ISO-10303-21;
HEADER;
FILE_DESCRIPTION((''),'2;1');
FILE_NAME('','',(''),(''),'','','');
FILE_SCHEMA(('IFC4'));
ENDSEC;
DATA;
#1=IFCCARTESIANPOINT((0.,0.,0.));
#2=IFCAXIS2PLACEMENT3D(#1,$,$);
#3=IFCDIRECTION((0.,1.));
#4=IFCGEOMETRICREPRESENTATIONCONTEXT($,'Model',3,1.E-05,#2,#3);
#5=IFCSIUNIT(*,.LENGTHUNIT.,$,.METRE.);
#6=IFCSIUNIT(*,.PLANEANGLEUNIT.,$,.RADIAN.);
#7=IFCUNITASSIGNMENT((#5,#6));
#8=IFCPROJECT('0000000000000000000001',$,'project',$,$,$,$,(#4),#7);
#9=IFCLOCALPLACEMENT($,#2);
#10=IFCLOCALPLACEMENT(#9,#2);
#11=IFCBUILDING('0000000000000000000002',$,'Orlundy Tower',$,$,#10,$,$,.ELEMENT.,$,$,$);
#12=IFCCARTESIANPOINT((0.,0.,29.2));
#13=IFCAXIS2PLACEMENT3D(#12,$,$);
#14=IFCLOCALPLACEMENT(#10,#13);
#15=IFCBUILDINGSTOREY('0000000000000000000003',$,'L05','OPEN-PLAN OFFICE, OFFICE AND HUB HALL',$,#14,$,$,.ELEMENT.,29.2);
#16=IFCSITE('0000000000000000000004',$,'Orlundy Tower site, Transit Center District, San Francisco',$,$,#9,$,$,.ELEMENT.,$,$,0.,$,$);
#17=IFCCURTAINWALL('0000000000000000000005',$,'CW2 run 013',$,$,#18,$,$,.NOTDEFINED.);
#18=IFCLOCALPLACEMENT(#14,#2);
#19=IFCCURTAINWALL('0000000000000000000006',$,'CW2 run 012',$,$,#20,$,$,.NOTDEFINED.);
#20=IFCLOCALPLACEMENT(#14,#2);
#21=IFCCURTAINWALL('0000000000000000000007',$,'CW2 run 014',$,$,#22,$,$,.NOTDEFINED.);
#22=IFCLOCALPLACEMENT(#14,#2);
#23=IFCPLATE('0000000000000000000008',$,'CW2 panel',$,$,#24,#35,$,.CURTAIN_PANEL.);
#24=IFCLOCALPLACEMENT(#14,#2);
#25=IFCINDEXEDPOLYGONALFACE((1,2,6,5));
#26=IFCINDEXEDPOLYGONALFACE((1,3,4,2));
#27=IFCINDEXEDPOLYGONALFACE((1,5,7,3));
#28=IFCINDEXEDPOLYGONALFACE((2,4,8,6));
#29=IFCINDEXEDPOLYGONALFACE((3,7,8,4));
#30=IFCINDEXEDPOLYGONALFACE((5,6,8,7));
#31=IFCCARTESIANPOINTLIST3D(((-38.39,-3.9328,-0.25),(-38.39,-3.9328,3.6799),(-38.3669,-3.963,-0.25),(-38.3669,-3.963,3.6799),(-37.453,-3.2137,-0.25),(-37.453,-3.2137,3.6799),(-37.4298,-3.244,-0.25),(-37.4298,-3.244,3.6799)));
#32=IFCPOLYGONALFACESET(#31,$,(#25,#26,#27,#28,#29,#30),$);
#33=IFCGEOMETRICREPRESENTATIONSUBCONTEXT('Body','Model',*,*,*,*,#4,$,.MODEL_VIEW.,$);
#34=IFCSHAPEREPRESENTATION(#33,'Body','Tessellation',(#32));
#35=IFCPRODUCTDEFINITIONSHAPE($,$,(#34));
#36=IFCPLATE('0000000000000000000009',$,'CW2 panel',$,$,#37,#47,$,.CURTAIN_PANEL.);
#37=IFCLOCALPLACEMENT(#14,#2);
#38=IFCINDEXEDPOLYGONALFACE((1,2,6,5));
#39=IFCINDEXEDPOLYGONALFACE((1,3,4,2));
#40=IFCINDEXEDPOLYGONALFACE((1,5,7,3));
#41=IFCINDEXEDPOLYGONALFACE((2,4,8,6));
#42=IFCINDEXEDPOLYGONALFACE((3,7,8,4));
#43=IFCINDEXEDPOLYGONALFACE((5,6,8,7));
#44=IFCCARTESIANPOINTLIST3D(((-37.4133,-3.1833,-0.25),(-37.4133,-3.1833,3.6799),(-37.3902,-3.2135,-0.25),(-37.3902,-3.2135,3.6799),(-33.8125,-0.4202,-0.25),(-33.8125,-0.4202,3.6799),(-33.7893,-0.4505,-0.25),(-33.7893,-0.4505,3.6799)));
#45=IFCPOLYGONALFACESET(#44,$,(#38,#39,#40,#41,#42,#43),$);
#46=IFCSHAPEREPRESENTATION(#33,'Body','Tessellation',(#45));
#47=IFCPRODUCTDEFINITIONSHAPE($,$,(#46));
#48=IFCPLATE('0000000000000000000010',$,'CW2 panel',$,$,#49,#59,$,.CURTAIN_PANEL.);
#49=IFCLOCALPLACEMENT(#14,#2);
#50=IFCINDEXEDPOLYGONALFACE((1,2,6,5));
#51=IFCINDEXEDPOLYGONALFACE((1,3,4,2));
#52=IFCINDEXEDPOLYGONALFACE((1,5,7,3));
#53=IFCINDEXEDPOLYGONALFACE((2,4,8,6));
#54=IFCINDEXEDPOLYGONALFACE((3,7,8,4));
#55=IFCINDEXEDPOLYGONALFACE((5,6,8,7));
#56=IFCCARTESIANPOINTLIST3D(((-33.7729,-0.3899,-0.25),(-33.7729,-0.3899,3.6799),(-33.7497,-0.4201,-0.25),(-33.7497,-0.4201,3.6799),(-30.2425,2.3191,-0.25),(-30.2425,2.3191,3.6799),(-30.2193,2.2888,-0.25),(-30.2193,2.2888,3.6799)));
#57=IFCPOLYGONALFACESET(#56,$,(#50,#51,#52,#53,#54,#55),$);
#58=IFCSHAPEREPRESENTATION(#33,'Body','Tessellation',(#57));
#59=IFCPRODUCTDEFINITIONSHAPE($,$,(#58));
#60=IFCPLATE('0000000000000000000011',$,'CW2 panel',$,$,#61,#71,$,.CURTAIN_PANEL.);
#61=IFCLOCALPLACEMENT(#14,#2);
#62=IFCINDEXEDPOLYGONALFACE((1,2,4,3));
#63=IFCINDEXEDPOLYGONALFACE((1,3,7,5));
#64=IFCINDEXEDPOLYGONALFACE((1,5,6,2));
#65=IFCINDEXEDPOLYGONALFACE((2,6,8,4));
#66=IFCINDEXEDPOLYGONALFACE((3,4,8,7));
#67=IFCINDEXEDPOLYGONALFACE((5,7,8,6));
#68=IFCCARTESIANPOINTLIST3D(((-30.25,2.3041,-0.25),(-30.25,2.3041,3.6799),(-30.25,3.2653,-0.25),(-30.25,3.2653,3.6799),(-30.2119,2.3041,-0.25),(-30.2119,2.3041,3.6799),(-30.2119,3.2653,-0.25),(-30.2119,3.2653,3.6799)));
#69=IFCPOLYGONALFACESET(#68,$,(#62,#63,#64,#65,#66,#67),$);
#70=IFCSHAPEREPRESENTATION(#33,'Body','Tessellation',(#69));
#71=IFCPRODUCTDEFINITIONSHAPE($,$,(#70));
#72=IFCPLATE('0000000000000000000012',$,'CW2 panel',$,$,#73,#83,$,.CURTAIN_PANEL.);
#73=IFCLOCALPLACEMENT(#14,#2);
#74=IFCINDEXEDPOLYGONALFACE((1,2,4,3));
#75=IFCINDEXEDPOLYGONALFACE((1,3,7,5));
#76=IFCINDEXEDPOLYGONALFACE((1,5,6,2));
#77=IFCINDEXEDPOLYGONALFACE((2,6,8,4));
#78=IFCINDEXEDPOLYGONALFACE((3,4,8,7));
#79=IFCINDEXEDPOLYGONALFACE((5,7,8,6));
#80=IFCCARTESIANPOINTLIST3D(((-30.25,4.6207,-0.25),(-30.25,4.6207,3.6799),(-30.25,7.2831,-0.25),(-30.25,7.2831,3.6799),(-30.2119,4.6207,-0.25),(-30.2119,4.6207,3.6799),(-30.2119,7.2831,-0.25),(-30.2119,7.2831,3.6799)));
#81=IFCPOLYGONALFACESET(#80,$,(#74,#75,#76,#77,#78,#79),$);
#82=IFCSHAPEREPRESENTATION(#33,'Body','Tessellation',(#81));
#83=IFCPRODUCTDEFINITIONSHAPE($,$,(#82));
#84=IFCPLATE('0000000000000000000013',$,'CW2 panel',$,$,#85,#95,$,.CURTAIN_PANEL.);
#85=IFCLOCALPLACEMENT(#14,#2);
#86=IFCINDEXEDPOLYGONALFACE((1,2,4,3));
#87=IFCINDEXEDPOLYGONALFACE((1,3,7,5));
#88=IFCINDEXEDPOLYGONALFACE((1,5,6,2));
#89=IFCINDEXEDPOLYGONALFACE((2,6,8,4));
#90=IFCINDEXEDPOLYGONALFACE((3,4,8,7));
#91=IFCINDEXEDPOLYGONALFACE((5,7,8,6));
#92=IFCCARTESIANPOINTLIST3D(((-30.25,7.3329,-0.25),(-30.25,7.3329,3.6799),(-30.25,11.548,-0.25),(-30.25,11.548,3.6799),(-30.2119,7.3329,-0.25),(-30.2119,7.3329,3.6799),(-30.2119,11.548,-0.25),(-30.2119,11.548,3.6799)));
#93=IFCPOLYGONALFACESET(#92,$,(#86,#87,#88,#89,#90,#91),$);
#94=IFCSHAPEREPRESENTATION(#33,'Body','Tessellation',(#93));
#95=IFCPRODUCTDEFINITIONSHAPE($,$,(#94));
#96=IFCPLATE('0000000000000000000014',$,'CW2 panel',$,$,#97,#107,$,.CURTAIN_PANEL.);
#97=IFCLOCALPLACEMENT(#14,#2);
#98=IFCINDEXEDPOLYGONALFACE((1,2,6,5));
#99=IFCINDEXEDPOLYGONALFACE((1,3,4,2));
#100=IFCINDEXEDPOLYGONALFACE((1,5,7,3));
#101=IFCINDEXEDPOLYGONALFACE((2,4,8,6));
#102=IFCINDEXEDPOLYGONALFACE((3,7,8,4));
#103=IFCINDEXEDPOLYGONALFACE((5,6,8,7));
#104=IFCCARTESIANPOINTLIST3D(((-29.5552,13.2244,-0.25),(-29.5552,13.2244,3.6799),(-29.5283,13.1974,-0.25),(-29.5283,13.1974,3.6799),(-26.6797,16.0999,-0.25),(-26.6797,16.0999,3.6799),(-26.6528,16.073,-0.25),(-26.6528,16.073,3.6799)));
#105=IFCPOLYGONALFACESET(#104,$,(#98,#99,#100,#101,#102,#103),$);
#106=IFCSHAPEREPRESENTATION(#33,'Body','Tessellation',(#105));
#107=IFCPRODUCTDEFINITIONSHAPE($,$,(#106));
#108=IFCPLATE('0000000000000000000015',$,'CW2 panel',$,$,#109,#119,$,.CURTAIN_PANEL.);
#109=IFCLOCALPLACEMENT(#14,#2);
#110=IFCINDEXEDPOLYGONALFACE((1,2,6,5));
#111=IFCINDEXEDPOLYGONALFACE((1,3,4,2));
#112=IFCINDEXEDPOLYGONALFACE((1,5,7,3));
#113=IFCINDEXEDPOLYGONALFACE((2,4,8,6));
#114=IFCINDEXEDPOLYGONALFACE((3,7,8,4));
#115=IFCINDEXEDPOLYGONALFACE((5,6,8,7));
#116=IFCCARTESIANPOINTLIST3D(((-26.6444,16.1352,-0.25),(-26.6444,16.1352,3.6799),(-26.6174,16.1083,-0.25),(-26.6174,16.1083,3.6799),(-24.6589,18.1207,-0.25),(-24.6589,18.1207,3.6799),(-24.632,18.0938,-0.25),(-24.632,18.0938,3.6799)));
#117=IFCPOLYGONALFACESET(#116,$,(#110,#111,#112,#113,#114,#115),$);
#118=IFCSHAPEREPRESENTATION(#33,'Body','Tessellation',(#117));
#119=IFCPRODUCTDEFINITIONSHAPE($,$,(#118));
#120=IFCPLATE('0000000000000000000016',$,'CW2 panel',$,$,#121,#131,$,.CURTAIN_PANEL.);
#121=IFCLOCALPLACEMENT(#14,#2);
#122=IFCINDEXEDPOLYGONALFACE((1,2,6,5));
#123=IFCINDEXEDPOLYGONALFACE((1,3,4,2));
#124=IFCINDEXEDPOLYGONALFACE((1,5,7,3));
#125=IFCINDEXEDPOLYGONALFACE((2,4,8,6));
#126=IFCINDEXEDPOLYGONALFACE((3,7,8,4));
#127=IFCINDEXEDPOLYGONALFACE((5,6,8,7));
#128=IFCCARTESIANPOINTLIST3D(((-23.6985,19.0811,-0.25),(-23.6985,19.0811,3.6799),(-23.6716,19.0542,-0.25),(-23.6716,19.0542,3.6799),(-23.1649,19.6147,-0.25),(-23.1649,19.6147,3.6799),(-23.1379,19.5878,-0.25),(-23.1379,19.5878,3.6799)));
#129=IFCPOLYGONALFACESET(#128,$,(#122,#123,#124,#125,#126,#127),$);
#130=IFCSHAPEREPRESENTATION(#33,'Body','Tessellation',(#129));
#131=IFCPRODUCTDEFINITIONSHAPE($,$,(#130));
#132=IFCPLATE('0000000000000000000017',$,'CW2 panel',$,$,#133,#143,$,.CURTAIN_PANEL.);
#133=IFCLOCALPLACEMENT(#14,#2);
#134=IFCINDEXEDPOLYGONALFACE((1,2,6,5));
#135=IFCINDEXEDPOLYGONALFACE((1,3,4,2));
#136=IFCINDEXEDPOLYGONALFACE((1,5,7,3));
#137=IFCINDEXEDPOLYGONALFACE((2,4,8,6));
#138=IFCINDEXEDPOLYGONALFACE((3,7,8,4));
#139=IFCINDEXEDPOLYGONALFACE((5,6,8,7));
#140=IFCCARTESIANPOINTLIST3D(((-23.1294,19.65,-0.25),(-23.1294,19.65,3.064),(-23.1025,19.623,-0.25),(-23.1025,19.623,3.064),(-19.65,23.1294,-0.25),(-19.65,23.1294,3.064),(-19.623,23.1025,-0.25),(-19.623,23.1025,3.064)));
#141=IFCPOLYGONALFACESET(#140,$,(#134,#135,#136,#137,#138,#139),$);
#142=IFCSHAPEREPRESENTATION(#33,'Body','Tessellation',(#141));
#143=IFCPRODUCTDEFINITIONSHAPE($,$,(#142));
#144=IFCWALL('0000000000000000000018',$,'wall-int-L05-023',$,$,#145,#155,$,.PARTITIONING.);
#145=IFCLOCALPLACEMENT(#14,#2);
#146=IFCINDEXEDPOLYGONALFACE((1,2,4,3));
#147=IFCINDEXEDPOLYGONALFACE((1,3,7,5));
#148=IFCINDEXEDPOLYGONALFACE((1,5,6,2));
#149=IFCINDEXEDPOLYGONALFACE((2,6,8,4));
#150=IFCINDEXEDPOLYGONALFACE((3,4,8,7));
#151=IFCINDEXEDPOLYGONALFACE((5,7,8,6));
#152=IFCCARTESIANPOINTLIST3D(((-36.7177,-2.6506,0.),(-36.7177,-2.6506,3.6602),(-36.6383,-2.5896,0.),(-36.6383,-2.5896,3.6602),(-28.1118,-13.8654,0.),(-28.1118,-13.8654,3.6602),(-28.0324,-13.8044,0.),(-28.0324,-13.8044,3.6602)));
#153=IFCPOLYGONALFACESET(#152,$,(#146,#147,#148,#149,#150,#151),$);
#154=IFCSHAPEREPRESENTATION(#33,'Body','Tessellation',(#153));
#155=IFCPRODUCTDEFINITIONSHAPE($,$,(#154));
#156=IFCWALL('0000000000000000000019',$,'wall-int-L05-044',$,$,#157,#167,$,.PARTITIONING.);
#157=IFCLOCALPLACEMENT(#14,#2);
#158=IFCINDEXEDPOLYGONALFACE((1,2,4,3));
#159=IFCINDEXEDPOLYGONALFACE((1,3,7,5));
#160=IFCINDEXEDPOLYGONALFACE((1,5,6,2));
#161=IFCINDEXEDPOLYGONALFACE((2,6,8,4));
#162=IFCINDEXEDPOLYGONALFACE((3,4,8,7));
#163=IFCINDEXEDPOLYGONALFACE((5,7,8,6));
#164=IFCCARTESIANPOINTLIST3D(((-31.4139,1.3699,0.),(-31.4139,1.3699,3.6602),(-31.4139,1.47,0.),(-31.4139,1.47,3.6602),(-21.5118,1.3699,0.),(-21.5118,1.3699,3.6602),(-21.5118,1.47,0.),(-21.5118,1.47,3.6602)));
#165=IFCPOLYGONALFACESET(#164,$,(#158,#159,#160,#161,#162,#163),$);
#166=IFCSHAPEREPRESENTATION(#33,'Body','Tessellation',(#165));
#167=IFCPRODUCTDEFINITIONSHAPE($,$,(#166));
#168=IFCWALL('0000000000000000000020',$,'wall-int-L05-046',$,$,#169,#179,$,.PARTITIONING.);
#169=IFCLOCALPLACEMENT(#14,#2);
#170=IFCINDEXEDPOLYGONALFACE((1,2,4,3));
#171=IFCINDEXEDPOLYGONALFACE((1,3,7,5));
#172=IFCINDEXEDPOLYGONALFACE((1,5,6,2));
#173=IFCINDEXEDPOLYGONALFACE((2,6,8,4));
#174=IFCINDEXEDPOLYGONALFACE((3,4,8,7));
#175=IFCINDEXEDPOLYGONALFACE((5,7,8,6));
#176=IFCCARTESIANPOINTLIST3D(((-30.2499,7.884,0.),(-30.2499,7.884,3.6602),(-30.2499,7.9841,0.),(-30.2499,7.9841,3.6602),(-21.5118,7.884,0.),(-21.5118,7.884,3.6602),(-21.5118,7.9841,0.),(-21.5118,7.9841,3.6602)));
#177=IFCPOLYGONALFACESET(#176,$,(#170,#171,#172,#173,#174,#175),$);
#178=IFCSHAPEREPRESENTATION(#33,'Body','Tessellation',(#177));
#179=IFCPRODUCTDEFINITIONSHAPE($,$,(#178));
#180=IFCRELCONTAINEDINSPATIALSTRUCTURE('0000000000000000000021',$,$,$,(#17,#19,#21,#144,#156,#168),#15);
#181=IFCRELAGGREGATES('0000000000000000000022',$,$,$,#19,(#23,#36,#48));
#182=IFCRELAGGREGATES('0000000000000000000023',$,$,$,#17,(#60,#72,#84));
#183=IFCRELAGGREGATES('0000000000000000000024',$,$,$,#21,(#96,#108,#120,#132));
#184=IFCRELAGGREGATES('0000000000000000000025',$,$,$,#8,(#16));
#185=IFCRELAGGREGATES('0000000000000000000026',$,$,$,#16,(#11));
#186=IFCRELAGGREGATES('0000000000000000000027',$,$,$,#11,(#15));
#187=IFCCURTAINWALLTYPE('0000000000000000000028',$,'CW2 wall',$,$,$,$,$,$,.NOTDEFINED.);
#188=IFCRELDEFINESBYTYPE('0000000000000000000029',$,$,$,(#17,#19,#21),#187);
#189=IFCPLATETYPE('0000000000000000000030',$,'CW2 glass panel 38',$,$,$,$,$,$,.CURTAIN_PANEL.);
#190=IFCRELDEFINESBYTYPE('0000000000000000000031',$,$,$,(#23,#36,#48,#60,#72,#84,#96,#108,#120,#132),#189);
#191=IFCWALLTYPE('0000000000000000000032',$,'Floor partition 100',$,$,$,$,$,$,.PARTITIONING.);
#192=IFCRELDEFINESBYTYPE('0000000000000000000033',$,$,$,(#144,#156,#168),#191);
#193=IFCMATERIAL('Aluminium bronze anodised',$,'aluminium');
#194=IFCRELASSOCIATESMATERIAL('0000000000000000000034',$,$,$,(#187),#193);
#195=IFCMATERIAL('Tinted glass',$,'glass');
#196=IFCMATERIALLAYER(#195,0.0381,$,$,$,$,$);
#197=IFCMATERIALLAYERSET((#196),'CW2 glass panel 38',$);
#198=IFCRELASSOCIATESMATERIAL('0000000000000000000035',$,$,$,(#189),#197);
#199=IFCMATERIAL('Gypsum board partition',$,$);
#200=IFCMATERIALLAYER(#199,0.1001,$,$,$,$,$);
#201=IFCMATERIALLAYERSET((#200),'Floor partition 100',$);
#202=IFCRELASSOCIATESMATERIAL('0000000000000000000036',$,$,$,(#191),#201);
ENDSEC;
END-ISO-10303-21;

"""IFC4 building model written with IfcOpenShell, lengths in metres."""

from ifc_helpers import new_model, si_unit, direction, frame, frame_2d, origin, origin_2d, place, context, subcontext, project, spatial, rectangle, extrude, material, layer, layer_set, type_object, element, aggregate, save


model = new_model("IFC4")

# Units and contexts
model_context = context("Model", 3, precision=1e-05, world=origin(), true_north=direction((0.0, 1.0)))
body_context = subcontext(model_context, "Body", "Model", "MODEL_VIEW")
ifc_project = project(units=[si_unit("LENGTHUNIT", "METRE"), si_unit("PLANEANGLEUNIT", "RADIAN")], contexts=[model_context])

# Site, building, storey
site_placement = place(None, origin())
site = spatial("IfcSite", under=ifc_project, at=site_placement, Name="Orlundy Tower site, Transit Center District, San Francisco", CompositionType="ELEMENT", RefElevation=0.0)
building_placement = place(site_placement, origin())
building = spatial("IfcBuilding", under=site, at=building_placement, Name="Orlundy Tower", CompositionType="ELEMENT")
storey_placement = place(building_placement, frame((0.0, 0.0, 29.2)))
storey = spatial("IfcBuildingStorey", under=building, at=storey_placement, Name="L05", Description="OPEN-PLAN OFFICE, OFFICE AND HUB HALL", CompositionType="ELEMENT", Elevation=29.2)

# Curtain wall
ifc_material_1 = material(Name="Aluminium bronze anodised", Category="aluminium")
curtain_wall_type = type_object("IfcCurtainWallType", Name="CW2 wall", PredefinedType="NOTDEFINED", material=ifc_material_1)
curtain_wall_1_placement = place(storey_placement, origin())
curtain_wall_1 = element("IfcCurtainWall", 1, at=curtain_wall_1_placement, inside=storey, type_object=curtain_wall_type, Name="CW2 run 013", PredefinedType="NOTDEFINED")

# Curtain wall
curtain_wall_2_placement = place(storey_placement, origin())
curtain_wall_2 = element("IfcCurtainWall", 2, at=curtain_wall_2_placement, inside=storey, type_object=curtain_wall_type, Name="CW2 run 012", PredefinedType="NOTDEFINED")

# Curtain wall
curtain_wall_3_placement = place(storey_placement, origin())
curtain_wall_3 = element("IfcCurtainWall", 3, at=curtain_wall_3_placement, inside=storey, type_object=curtain_wall_type, Name="CW2 run 014", PredefinedType="NOTDEFINED")

# Plates
ifc_material_2 = material(Name="Tinted glass", Category="glass")
ifc_layer_1 = layer(ifc_material_2, 0.0381)
ifc_layer_set_1 = layer_set([ifc_layer_1], Name="CW2 glass panel 38")
plate_type = type_object("IfcPlateType", Name="CW2 glass panel 38", PredefinedType="CURTAIN_PANEL", material=ifc_layer_set_1)
plate_1_placement = place(storey_placement, frame((-37.9099, -3.5884, -0.25), z_axis=(0.0, 0.0, 1.0), x_axis=(0.793348, 0.608768, 0.0)))
plate_1 = element("IfcPlate", 4, at=plate_1_placement, type_object=plate_type, Name="CW2 panel", PredefinedType="CURTAIN_PANEL", context=body_context, shape_type="SweptSolid", body=[
    extrude(rectangle(XDim=1.1812, YDim=0.0381, at=origin_2d()), origin(), (0.0, 0.0, 1.0), 3.9299),
])
plate_2_placement = place(storey_placement, frame((-35.6013, -1.8169, -0.25), z_axis=(0.0, 0.0, 1.0), x_axis=(0.793348, 0.608768, 0.0)))
plate_2 = element("IfcPlate", 5, at=plate_2_placement, type_object=plate_type, Name="CW2 panel", PredefinedType="CURTAIN_PANEL", context=body_context, shape_type="SweptSolid", body=[
    extrude(rectangle(XDim=4.5388, YDim=0.0381, at=origin_2d()), origin(), (0.0, 0.0, 1.0), 3.9299),
])
plate_3_placement = place(storey_placement, frame((-31.9961, 0.9495, -0.25), z_axis=(0.0, 0.0, 1.0), x_axis=(0.793348, 0.608768, 0.0)))
plate_3 = element("IfcPlate", 6, at=plate_3_placement, type_object=plate_type, Name="CW2 panel", PredefinedType="CURTAIN_PANEL", context=body_context, shape_type="SweptSolid", body=[
    extrude(rectangle(XDim=4.45, YDim=0.0381, at=origin_2d()), origin(), (0.0, 0.0, 1.0), 3.9299),
])
aggregate(curtain_wall_2, [plate_1, plate_2, plate_3])
plate_4_placement = place(storey_placement, frame((-30.231, 2.7847, -0.25), z_axis=(0.0, 0.0, 1.0), x_axis=(0.0, 1.0, 0.0)))
plate_4 = element("IfcPlate", 7, at=plate_4_placement, type_object=plate_type, Name="CW2 panel", PredefinedType="CURTAIN_PANEL", context=body_context, shape_type="SweptSolid", body=[
    extrude(rectangle(XDim=0.9612, YDim=0.0381, at=origin_2d()), origin(), (0.0, 0.0, 1.0), 3.9299),
])
plate_5_placement = place(storey_placement, frame((-30.231, 5.9519, -0.25), z_axis=(0.0, 0.0, 1.0), x_axis=(0.0, 1.0, 0.0)))
plate_5 = element("IfcPlate", 8, at=plate_5_placement, type_object=plate_type, Name="CW2 panel", PredefinedType="CURTAIN_PANEL", context=body_context, shape_type="SweptSolid", body=[
    extrude(rectangle(XDim=2.6624, YDim=0.0381, at=origin_2d()), origin(), (0.0, 0.0, 1.0), 3.9299),
])
plate_6_placement = place(storey_placement, frame((-30.231, 9.4404, -0.25), z_axis=(0.0, 0.0, 1.0), x_axis=(0.0, 1.0, 0.0)))
plate_6 = element("IfcPlate", 9, at=plate_6_placement, type_object=plate_type, Name="CW2 panel", PredefinedType="CURTAIN_PANEL", context=body_context, shape_type="SweptSolid", body=[
    extrude(rectangle(XDim=4.2151, YDim=0.0381, at=origin_2d()), origin(), (0.0, 0.0, 1.0), 3.9299),
])
aggregate(curtain_wall_1, [plate_4, plate_5, plate_6])
plate_7_placement = place(storey_placement, frame((-28.104, 14.6487, -0.25), z_axis=(0.0, 0.0, 1.0), x_axis=(0.707107, 0.707107, 0.0)))
plate_7 = element("IfcPlate", 10, at=plate_7_placement, type_object=plate_type, Name="CW2 panel", PredefinedType="CURTAIN_PANEL", context=body_context, shape_type="SweptSolid", body=[
    extrude(rectangle(XDim=4.0667, YDim=0.0381, at=origin_2d()), origin(), (0.0, 0.0, 1.0), 3.9299),
])
plate_8_placement = place(storey_placement, frame((-25.6382, 17.1145, -0.25), z_axis=(0.0, 0.0, 1.0), x_axis=(0.707107, 0.707107, 0.0)))
plate_8 = element("IfcPlate", 11, at=plate_8_placement, type_object=plate_type, Name="CW2 panel", PredefinedType="CURTAIN_PANEL", context=body_context, shape_type="SweptSolid", body=[
    extrude(rectangle(XDim=2.8079, YDim=0.0381, at=origin_2d()), origin(), (0.0, 0.0, 1.0), 3.9299),
])
plate_9_placement = place(storey_placement, frame((-23.4182, 19.3345, -0.25), z_axis=(0.0, 0.0, 1.0), x_axis=(0.707107, 0.707107, 0.0)))
plate_9 = element("IfcPlate", 12, at=plate_9_placement, type_object=plate_type, Name="CW2 panel", PredefinedType="CURTAIN_PANEL", context=body_context, shape_type="SweptSolid", body=[
    extrude(rectangle(XDim=0.7546, YDim=0.0381, at=origin_2d()), origin(), (0.0, 0.0, 1.0), 3.9299),
])
plate_10_placement = place(storey_placement, frame((-21.3762, 21.3762, -0.25), z_axis=(0.0, 0.0, 1.0), x_axis=(0.707107, 0.707107, 0.0)))
plate_10 = element("IfcPlate", 13, at=plate_10_placement, type_object=plate_type, Name="CW2 panel", PredefinedType="CURTAIN_PANEL", context=body_context, shape_type="SweptSolid", body=[
    extrude(rectangle(XDim=4.9207, YDim=0.0381, at=origin_2d()), origin(), (0.0, 0.0, 1.0), 3.314),
])
aggregate(curtain_wall_3, [plate_7, plate_8, plate_9, plate_10])

# Walls
ifc_material_3 = material(Name="Gypsum board partition")
ifc_layer_2 = layer(ifc_material_3, 0.1001)
ifc_layer_set_2 = layer_set([ifc_layer_2], Name="Floor partition 100")
wall_type_1 = type_object("IfcWallType", Name="Floor partition 100", PredefinedType="PARTITIONING", material=ifc_layer_set_2)
wall_1_placement = place(storey_placement, frame((-36.678, -2.6201, 0.0), z_axis=(0.0, 0.0, 1.0), x_axis=(0.608784, -0.793336, 0.0)))
element("IfcWall", 14, at=wall_1_placement, inside=storey, type_object=wall_type_1, Name="wall-int-L05-023", PredefinedType="PARTITIONING", context=body_context, shape_type="SweptSolid", body=[
    extrude(rectangle(XDim=14.1362, YDim=0.1001, at=frame_2d((7.0681, 0.0))), origin(), (0.0, 0.0, 1.0), 3.6602),
])
wall_2_placement = place(storey_placement, frame((-31.4141, 1.4199, 0.0), z_axis=(0.0, 0.0, 1.0), x_axis=(1.0, 0.0, 0.0)))
element("IfcWall", 15, at=wall_2_placement, inside=storey, type_object=wall_type_1, Name="wall-int-L05-044", PredefinedType="PARTITIONING", context=body_context, shape_type="SweptSolid", body=[
    extrude(rectangle(XDim=9.9021, YDim=0.1001, at=frame_2d((4.9512, 0.0))), origin(), (0.0, 0.0, 1.0), 3.6602),
])
wall_3_placement = place(storey_placement, frame((-30.25, 7.9341, 0.0), z_axis=(0.0, 0.0, 1.0), x_axis=(1.0, 0.0, 0.0)))
element("IfcWall", 16, at=wall_3_placement, inside=storey, type_object=wall_type_1, Name="wall-int-L05-046", PredefinedType="PARTITIONING", context=body_context, shape_type="SweptSolid", body=[
    extrude(rectangle(XDim=8.738, YDim=0.1001, at=frame_2d((4.3691, 0.0))), origin(), (0.0, 0.0, 1.0), 3.6602),
])

save(model, "model.ifc")
